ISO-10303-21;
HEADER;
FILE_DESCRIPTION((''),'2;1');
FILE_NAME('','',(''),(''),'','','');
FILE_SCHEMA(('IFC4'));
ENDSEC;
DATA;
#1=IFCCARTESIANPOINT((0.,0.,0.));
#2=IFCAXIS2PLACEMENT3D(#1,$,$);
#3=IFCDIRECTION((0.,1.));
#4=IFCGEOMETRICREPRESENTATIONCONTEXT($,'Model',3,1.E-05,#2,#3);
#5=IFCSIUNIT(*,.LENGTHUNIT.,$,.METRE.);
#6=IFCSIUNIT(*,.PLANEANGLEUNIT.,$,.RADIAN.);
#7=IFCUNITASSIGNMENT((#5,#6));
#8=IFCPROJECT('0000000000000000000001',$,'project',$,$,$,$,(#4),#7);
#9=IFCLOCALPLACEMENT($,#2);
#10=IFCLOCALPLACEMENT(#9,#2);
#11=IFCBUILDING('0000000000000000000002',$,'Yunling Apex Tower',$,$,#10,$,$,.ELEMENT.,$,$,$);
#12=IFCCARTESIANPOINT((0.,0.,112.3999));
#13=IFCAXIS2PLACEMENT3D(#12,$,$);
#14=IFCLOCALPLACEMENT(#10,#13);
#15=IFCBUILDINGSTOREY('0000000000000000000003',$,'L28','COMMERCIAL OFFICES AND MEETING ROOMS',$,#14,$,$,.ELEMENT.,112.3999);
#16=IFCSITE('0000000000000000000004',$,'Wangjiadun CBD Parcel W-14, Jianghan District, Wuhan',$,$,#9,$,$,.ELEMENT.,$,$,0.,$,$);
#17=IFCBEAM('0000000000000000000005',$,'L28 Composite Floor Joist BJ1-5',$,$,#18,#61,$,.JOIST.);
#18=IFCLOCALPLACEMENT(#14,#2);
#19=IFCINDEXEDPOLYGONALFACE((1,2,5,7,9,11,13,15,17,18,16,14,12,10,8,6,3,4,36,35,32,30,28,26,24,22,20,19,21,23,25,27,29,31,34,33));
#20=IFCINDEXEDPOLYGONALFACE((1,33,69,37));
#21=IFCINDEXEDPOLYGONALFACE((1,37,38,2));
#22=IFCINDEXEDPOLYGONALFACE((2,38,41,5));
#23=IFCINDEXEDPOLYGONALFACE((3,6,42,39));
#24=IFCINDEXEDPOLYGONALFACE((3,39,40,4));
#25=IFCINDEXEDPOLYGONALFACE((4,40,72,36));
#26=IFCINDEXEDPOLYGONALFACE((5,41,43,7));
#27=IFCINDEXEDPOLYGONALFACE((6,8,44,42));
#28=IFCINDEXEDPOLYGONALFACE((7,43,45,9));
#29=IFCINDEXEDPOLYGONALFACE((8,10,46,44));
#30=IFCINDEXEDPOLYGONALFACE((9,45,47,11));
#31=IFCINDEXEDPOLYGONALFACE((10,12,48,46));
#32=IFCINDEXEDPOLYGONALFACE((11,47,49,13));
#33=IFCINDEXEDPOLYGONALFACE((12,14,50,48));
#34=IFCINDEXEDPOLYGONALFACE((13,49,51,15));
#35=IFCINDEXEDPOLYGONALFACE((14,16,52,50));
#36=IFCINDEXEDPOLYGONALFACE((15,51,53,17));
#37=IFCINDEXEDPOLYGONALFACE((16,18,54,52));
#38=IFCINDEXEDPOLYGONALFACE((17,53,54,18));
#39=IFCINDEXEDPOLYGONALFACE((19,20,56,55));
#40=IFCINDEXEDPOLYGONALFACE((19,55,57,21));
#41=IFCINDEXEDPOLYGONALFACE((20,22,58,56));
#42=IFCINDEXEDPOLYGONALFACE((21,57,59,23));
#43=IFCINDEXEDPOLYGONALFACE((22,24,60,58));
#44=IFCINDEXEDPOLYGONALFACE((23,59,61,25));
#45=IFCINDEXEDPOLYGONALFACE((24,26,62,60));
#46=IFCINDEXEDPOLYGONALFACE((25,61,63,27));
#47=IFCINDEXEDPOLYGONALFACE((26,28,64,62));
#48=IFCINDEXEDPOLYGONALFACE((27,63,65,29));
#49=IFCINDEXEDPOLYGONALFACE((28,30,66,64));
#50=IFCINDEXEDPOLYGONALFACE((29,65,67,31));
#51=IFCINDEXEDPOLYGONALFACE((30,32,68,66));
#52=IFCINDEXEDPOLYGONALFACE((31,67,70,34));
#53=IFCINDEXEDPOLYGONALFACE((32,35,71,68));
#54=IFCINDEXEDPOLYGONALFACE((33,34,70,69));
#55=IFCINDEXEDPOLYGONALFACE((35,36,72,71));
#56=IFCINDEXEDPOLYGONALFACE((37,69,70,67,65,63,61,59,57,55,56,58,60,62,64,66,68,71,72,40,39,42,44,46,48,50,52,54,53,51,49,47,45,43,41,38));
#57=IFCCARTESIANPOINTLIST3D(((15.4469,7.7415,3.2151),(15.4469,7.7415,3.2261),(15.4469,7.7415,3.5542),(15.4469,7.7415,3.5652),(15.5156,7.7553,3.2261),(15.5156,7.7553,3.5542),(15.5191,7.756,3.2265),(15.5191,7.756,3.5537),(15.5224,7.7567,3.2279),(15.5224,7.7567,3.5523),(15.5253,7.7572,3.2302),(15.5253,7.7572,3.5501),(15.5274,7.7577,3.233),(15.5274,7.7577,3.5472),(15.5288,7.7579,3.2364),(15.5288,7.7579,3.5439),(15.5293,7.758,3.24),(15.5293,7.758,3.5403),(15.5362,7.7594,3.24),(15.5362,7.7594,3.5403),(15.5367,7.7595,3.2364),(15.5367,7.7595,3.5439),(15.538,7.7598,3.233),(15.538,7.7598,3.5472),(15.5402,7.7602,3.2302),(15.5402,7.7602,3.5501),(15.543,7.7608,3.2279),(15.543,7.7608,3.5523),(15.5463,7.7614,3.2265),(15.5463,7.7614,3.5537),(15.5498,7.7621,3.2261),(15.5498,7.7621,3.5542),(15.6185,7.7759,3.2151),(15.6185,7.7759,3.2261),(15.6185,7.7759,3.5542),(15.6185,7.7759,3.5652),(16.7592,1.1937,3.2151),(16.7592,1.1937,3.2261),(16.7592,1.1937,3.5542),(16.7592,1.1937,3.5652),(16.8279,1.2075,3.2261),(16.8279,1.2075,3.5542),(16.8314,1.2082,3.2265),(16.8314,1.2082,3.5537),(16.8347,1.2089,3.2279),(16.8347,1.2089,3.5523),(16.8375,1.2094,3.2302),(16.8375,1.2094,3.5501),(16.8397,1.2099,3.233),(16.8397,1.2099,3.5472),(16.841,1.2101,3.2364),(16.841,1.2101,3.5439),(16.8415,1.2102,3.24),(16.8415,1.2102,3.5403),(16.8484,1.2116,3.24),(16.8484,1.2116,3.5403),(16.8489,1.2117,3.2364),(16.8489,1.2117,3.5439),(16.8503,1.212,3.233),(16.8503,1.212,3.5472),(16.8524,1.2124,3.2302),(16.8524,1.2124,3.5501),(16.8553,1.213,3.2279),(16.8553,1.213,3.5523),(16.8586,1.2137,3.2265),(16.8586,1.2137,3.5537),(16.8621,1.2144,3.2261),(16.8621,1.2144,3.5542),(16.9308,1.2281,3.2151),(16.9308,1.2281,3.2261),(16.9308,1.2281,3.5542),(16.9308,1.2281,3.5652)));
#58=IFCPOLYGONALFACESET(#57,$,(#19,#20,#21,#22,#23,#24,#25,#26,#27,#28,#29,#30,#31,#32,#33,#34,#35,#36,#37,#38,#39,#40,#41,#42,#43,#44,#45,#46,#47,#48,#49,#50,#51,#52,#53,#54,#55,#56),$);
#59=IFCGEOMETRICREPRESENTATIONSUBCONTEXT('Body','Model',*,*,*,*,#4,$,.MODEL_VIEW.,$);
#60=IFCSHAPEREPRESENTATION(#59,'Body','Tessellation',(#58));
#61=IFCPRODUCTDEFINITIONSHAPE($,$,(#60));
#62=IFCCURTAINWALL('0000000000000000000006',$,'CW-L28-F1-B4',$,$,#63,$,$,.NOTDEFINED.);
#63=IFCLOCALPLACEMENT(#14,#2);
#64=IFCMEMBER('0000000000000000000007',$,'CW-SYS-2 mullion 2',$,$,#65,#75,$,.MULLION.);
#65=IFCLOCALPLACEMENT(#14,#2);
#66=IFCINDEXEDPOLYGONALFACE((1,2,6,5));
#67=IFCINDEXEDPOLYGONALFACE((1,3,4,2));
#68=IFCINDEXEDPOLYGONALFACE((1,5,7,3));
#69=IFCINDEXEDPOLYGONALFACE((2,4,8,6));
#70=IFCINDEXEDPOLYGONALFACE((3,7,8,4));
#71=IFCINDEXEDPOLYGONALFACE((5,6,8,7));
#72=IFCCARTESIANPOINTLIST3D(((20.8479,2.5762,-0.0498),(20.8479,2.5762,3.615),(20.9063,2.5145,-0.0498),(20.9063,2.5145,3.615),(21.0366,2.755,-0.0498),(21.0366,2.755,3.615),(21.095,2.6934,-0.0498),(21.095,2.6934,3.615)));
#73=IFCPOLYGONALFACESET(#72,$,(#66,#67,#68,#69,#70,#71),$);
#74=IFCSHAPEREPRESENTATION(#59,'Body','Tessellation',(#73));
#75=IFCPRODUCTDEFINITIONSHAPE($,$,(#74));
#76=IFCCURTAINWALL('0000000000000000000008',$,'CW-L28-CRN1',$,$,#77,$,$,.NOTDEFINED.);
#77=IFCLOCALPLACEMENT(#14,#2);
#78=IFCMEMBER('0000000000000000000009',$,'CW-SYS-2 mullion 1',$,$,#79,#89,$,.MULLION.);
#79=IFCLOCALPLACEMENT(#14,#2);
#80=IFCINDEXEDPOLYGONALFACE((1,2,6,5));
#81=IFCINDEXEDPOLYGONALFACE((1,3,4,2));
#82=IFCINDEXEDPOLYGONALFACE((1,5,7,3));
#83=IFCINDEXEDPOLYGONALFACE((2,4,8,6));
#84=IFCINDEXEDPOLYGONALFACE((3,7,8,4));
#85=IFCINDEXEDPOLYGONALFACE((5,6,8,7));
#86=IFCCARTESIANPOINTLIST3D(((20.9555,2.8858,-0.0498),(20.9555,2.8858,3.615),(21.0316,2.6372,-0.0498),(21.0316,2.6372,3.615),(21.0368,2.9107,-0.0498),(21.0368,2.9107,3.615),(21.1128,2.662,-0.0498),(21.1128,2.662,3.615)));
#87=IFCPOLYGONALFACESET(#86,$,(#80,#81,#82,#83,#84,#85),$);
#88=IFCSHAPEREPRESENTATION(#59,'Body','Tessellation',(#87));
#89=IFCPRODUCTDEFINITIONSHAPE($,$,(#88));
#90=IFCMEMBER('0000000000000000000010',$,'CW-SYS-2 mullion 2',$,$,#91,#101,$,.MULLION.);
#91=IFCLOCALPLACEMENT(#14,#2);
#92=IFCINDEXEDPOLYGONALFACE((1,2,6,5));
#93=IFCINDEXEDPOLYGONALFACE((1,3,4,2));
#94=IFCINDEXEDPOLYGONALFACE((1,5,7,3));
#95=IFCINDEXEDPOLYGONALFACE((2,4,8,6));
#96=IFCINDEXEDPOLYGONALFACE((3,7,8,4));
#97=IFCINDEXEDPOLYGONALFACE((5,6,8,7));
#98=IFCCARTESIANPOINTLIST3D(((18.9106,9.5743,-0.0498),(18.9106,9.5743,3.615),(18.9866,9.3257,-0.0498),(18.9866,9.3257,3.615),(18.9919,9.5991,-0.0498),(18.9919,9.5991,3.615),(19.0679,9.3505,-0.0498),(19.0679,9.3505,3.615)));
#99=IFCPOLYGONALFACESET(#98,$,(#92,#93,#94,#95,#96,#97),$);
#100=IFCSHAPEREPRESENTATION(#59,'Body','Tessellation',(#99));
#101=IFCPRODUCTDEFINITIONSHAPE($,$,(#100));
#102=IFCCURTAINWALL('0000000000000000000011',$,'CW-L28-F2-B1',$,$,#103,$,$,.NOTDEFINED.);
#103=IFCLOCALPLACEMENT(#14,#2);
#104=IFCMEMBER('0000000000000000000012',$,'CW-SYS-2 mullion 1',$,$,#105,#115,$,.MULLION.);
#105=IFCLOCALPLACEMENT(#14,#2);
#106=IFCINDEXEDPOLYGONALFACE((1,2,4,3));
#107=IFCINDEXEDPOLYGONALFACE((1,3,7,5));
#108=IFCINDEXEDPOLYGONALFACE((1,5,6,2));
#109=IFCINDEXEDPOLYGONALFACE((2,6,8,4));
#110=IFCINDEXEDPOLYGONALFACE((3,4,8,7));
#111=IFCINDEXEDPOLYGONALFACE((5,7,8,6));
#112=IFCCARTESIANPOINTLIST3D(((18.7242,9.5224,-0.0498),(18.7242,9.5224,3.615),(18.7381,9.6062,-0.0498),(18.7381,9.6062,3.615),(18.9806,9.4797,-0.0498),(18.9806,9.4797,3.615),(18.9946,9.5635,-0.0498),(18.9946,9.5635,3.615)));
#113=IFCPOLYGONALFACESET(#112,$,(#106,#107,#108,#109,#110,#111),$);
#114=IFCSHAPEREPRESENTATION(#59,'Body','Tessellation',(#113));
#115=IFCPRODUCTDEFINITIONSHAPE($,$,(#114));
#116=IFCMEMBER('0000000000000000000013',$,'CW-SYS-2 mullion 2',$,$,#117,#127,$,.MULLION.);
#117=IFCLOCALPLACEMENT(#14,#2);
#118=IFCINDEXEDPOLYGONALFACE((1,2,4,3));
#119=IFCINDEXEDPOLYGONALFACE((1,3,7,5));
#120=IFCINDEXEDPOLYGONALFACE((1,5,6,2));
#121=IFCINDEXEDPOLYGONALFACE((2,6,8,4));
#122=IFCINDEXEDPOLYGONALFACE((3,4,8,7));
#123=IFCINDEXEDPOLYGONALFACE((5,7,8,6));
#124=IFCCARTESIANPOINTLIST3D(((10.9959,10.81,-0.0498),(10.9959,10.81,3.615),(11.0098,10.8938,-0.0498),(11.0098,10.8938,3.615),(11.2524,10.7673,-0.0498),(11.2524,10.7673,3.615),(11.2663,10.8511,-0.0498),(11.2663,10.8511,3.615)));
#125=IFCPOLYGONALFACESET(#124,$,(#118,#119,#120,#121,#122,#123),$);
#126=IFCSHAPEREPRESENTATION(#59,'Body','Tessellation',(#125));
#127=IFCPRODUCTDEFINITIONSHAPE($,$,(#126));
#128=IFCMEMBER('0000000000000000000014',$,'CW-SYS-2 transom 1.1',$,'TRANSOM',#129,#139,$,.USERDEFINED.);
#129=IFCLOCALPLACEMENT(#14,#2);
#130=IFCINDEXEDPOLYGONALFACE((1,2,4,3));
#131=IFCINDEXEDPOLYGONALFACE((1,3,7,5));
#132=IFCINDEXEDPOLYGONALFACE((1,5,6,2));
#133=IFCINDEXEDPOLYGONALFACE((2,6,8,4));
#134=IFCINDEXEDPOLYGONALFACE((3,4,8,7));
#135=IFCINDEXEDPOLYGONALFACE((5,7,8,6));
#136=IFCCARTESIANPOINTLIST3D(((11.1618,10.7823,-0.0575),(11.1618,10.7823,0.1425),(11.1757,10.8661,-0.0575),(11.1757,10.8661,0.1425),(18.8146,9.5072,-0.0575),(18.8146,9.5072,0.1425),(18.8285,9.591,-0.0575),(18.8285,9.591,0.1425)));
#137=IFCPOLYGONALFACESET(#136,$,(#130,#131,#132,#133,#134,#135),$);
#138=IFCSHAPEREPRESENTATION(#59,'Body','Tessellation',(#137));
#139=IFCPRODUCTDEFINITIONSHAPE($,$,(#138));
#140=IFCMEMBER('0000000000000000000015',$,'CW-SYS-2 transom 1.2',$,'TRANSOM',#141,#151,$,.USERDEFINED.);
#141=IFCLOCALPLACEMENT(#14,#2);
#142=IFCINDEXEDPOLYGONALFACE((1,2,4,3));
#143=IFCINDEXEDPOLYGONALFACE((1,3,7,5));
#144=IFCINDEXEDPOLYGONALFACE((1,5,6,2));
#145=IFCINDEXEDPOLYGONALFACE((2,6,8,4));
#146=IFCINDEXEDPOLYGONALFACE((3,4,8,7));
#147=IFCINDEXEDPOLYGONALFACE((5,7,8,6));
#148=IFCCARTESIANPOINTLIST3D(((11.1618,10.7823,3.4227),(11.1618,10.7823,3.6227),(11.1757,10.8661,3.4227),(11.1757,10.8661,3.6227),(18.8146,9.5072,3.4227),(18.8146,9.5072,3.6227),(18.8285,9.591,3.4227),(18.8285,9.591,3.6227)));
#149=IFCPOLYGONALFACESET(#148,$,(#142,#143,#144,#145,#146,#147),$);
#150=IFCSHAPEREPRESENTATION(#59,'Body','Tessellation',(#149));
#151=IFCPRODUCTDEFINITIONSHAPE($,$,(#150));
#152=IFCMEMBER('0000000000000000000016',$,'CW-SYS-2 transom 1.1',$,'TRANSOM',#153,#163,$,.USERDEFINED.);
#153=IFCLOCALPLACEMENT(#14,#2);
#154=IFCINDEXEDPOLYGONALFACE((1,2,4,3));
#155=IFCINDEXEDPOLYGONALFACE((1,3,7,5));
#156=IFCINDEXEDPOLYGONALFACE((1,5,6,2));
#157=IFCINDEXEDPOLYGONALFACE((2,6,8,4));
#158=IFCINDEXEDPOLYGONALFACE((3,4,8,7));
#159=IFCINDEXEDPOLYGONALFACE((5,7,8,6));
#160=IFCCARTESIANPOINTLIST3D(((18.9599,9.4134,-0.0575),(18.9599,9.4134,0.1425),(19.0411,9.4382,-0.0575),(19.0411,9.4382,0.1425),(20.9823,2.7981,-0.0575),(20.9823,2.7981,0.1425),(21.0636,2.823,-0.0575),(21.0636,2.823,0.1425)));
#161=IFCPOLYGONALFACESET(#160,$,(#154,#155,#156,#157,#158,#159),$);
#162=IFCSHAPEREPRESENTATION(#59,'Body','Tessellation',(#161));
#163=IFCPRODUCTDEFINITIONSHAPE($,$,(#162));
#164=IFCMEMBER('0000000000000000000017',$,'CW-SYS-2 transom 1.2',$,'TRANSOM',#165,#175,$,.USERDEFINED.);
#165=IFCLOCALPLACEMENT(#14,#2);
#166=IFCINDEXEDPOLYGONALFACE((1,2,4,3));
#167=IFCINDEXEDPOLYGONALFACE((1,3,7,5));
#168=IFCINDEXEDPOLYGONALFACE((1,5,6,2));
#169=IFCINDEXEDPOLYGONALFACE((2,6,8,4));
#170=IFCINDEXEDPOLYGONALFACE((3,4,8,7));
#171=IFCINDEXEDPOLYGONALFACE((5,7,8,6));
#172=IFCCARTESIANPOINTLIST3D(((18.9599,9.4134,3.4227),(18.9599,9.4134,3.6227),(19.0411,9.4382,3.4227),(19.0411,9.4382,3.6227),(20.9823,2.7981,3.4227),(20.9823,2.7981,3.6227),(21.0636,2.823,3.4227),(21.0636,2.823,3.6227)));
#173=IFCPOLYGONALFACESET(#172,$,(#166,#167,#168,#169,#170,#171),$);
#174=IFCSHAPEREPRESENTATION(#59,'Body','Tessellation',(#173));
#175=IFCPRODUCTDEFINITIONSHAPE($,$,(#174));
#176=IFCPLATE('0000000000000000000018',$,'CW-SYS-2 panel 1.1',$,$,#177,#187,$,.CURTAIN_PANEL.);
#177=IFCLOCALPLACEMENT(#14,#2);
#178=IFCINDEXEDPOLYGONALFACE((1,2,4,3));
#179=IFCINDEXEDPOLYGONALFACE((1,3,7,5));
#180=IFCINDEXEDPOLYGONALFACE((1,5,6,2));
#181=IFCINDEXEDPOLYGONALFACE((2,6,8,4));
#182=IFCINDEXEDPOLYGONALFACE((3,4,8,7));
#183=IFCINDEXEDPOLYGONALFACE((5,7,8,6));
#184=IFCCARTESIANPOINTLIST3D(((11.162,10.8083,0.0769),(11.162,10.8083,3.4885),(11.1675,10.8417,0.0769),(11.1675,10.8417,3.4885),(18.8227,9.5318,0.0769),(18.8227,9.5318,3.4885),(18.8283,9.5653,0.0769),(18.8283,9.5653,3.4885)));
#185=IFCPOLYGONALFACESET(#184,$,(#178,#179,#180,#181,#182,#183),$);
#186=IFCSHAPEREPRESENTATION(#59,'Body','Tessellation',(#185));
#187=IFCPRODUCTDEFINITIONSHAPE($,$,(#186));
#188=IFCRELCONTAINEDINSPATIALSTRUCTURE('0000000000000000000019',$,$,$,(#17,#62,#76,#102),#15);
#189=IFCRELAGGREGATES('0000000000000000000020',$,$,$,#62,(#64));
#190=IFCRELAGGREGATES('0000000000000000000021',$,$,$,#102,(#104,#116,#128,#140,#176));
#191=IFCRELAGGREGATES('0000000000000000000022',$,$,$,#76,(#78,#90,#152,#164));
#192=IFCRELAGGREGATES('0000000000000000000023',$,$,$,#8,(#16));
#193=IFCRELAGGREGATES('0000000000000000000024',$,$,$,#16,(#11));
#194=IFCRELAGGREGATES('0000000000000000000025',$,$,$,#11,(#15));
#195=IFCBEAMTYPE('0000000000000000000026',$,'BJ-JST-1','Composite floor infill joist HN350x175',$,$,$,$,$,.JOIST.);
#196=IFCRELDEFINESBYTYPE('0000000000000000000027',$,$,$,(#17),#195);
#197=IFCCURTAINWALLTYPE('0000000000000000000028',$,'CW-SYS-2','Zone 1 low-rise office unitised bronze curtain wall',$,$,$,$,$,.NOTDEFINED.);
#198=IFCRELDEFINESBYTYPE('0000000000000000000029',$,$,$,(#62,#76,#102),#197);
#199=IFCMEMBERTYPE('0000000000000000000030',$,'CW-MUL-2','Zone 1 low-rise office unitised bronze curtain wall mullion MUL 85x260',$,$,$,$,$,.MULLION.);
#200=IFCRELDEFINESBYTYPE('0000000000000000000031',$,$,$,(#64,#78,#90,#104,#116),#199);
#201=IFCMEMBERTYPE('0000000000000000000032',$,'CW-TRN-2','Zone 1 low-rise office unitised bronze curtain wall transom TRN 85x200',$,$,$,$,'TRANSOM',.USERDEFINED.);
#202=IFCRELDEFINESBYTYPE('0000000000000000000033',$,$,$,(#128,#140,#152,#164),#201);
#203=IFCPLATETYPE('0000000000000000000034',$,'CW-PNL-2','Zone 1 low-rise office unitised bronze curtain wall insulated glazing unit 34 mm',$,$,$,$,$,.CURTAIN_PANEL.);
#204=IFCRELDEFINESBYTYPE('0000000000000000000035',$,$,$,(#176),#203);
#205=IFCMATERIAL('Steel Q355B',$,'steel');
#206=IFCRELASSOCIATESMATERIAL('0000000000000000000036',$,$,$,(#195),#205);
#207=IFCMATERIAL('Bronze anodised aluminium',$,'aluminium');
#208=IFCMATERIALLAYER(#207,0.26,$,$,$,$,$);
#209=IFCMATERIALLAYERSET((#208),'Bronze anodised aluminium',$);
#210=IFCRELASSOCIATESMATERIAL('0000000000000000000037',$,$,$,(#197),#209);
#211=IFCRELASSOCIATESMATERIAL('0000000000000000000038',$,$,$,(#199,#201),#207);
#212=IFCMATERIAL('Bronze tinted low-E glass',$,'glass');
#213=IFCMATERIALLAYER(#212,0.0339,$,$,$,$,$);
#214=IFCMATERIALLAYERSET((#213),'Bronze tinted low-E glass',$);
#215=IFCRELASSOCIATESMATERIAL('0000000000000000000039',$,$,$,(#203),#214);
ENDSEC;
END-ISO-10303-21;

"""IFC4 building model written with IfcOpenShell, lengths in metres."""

from ifc_helpers import new_model, si_unit, direction, frame, origin, origin_2d, place, context, subcontext, project, spatial, rectangle, i_section, extrude, source, transform, mapped, material, layer, layer_set, material_profile, profile_set, type_object, element, aggregate, save


model = new_model("IFC4")

# Units and contexts
model_context = context("Model", 3, precision=1e-05, world=origin(), true_north=direction((0.0, 1.0)))
body_context = subcontext(model_context, "Body", "Model", "MODEL_VIEW")
ifc_project = project(units=[si_unit("LENGTHUNIT", "METRE"), si_unit("PLANEANGLEUNIT", "RADIAN")], contexts=[model_context])

# Site, building, storey
site_placement = place(None, origin())
site = spatial("IfcSite", under=ifc_project, at=site_placement, Name="Wangjiadun CBD Parcel W-14, Jianghan District, Wuhan", CompositionType="ELEMENT", RefElevation=0.0)
building_placement = place(site_placement, origin())
building = spatial("IfcBuilding", under=site, at=building_placement, Name="Yunling Apex Tower", CompositionType="ELEMENT")
storey_placement = place(building_placement, frame((0.0, 0.0, 112.3999)))
storey = spatial("IfcBuildingStorey", under=building, at=storey_placement, Name="L28", Description="COMMERCIAL OFFICES AND MEETING ROOMS", CompositionType="ELEMENT", Elevation=112.3999)

# Beam
ifc_material_1 = material(Name="Steel Q355B", Category="steel")
ifc_material_profile_1 = material_profile(ifc_material_1, i_section(OverallWidth=0.175, OverallDepth=0.3501, WebThickness=0.0071, FlangeThickness=0.011, FilletRadius=0.0139, at=origin_2d()))
ifc_profile_set_1 = profile_set([ifc_material_profile_1], Name="Steel Q355B")
beam_type_1 = type_object("IfcBeamType", Name="BJ-JST-1", Description="Composite floor infill joist HN350x175", PredefinedType="JOIST", material=ifc_profile_set_1)
shared_shape_1 = source(origin(), body_context, "Body", "SweptSolid", [
    extrude(i_section(OverallWidth=0.175, OverallDepth=0.3501, WebThickness=0.0071, FlangeThickness=0.011, FilletRadius=0.0139, at=origin_2d()), origin(), (0.0, 0.0, 1.0), 6.678),
])
beam_1_placement = place(storey_placement, frame((16.845, 1.2109, 3.3901), z_axis=(-0.196503, 0.980503, 0.0), x_axis=(-0.980503, -0.196503, 0.0)))
element("IfcBeam", 1, at=beam_1_placement, inside=storey, type_object=beam_type_1, Name="L28 Composite Floor Joist BJ1-5", PredefinedType="JOIST", context=body_context, shape_type="MappedRepresentation", body=[
    mapped(shared_shape_1, transform((0.0, 0.0, 0.0), scale=1.0)),
])

# Curtain wall, member
ifc_material_2 = material(Name="Bronze anodised aluminium", Category="aluminium")
ifc_layer_1 = layer(ifc_material_2, 0.26)
ifc_layer_set_1 = layer_set([ifc_layer_1], Name="Bronze anodised aluminium")
curtain_wall_type = type_object("IfcCurtainWallType", Name="CW-SYS-2", Description="Zone 1 low-rise office unitised bronze curtain wall", PredefinedType="NOTDEFINED", material=ifc_layer_set_1)
curtain_wall_1_placement = place(storey_placement, origin())
curtain_wall_1 = element("IfcCurtainWall", 2, at=curtain_wall_1_placement, inside=storey, type_object=curtain_wall_type, Name="CW-L28-F1-B4", PredefinedType="NOTDEFINED")
ifc_material_profile_2 = material_profile(ifc_material_2, rectangle(XDim=0.085, YDim=0.26, at=origin_2d()))
ifc_profile_set_2 = profile_set([ifc_material_profile_2], Name="Bronze anodised aluminium")
member_type_1 = type_object("IfcMemberType", Name="CW-MUL-2", Description="Zone 1 low-rise office unitised bronze curtain wall mullion MUL 85x260", PredefinedType="MULLION", material=ifc_profile_set_2)
shared_shape_2 = source(origin(), body_context, "Body", "SweptSolid", [
    extrude(rectangle(XDim=0.085, YDim=0.26, at=origin_2d()), origin(), (0.0, 0.0, 1.0), 3.6648),
])
member_1_placement = place(storey_placement, frame((20.9714, 2.6348, -0.0498), z_axis=(0.0, 0.0, 1.0), x_axis=(-0.687861, 0.725842, 0.0)))
member_1 = element("IfcMember", 3, at=member_1_placement, type_object=member_type_1, Name="CW-SYS-2 mullion 2", PredefinedType="MULLION", context=body_context, shape_type="MappedRepresentation", body=[
    mapped(shared_shape_2, transform((0.0, 0.0, 0.0), scale=1.0)),
])
aggregate(curtain_wall_1, [member_1])

# Curtain walls, members
curtain_wall_2_placement = place(storey_placement, origin())
curtain_wall_2 = element("IfcCurtainWall", 4, at=curtain_wall_2_placement, inside=storey, type_object=curtain_wall_type, Name="CW-L28-CRN1", PredefinedType="NOTDEFINED")
member_2_placement = place(storey_placement, frame((21.0342, 2.7739, -0.0498), z_axis=(0.0, 0.0, 1.0), x_axis=(-0.956304, -0.292375, 0.0)))
member_2 = element("IfcMember", 5, at=member_2_placement, type_object=member_type_1, Name="CW-SYS-2 mullion 1", PredefinedType="MULLION", context=body_context, shape_type="MappedRepresentation", body=[
    mapped(shared_shape_2, transform((0.0, 0.0, 0.0), scale=1.0)),
])
member_3_placement = place(storey_placement, frame((18.9893, 9.4624, -0.0498), z_axis=(0.0, 0.0, 1.0), x_axis=(-0.956304, -0.292375, 0.0)))
member_3 = element("IfcMember", 6, at=member_3_placement, type_object=member_type_1, Name="CW-SYS-2 mullion 2", PredefinedType="MULLION", context=body_context, shape_type="MappedRepresentation", body=[
    mapped(shared_shape_2, transform((0.0, 0.0, 0.0), scale=1.0)),
])
curtain_wall_3_placement = place(storey_placement, origin())
curtain_wall_3 = element("IfcCurtainWall", 7, at=curtain_wall_3_placement, inside=storey, type_object=curtain_wall_type, Name="CW-L28-F2-B1", PredefinedType="NOTDEFINED")
member_4_placement = place(storey_placement, frame((18.8594, 9.543, -0.0498), z_axis=(0.0, 0.0, 1.0), x_axis=(-0.16436, -0.9864, 0.0)))
member_4 = element("IfcMember", 8, at=member_4_placement, type_object=member_type_1, Name="CW-SYS-2 mullion 1", PredefinedType="MULLION", context=body_context, shape_type="MappedRepresentation", body=[
    mapped(shared_shape_2, transform((0.0, 0.0, 0.0), scale=1.0)),
])
member_5_placement = place(storey_placement, frame((11.1311, 10.8306, -0.0498), z_axis=(0.0, 0.0, 1.0), x_axis=(-0.16436, -0.9864, 0.0)))
member_5 = element("IfcMember", 9, at=member_5_placement, type_object=member_type_1, Name="CW-SYS-2 mullion 2", PredefinedType="MULLION", context=body_context, shape_type="MappedRepresentation", body=[
    mapped(shared_shape_2, transform((0.0, 0.0, 0.0), scale=1.0)),
])
ifc_material_profile_3 = material_profile(ifc_material_2, rectangle(XDim=0.085, YDim=0.2, at=origin_2d()))
ifc_profile_set_3 = profile_set([ifc_material_profile_3], Name="Bronze anodised aluminium")
member_type_2 = type_object("IfcMemberType", Name="CW-TRN-2", Description="Zone 1 low-rise office unitised bronze curtain wall transom TRN 85x200", ElementType="TRANSOM", PredefinedType="USERDEFINED", material=ifc_profile_set_3)
shared_shape_3 = source(origin(), body_context, "Body", "SweptSolid", [
    extrude(rectangle(XDim=0.085, YDim=0.2, at=origin_2d()), origin(), (0.0, 0.0, 1.0), 7.7583),
])
member_6_placement = place(storey_placement, frame((18.8215, 9.5491, 0.0425), z_axis=(-0.986401, 0.164358, 0.0), x_axis=(-0.164358, -0.986401, 0.0)))
member_6 = element("IfcMember", 10, at=member_6_placement, type_object=member_type_2, Name="CW-SYS-2 transom 1.1", ObjectType="TRANSOM", PredefinedType="USERDEFINED", context=body_context, shape_type="MappedRepresentation", body=[
    mapped(shared_shape_3, transform((0.0, 0.0, 0.0), scale=1.0)),
])
member_7_placement = place(storey_placement, frame((18.8215, 9.5491, 3.5227), z_axis=(-0.986401, 0.164358, 0.0), x_axis=(-0.164358, -0.986401, 0.0)))
member_7 = element("IfcMember", 11, at=member_7_placement, type_object=member_type_2, Name="CW-SYS-2 transom 1.2", ObjectType="TRANSOM", PredefinedType="USERDEFINED", context=body_context, shape_type="MappedRepresentation", body=[
    mapped(shared_shape_3, transform((0.0, 0.0, 0.0), scale=1.0)),
])

# Members
shared_shape_4 = source(origin(), body_context, "Body", "SweptSolid", [
    extrude(rectangle(XDim=0.085, YDim=0.2, at=origin_2d()), origin(), (0.0, 0.0, 1.0), 6.9175),
])
member_8_placement = place(storey_placement, frame((21.0229, 2.8105, 0.0425), z_axis=(-0.292369, 0.956306, 0.0), x_axis=(-0.956306, -0.292369, 0.0)))
member_8 = element("IfcMember", 12, at=member_8_placement, type_object=member_type_2, Name="CW-SYS-2 transom 1.1", ObjectType="TRANSOM", PredefinedType="USERDEFINED", context=body_context, shape_type="MappedRepresentation", body=[
    mapped(shared_shape_4, transform((0.0, 0.0, 0.0), scale=1.0)),
])
member_9_placement = place(storey_placement, frame((21.0229, 2.8105, 3.5227), z_axis=(-0.292369, 0.956306, 0.0), x_axis=(-0.956306, -0.292369, 0.0)))
member_9 = element("IfcMember", 13, at=member_9_placement, type_object=member_type_2, Name="CW-SYS-2 transom 1.2", ObjectType="TRANSOM", PredefinedType="USERDEFINED", context=body_context, shape_type="MappedRepresentation", body=[
    mapped(shared_shape_4, transform((0.0, 0.0, 0.0), scale=1.0)),
])

# Plate
ifc_material_3 = material(Name="Bronze tinted low-E glass", Category="glass")
ifc_layer_2 = layer(ifc_material_3, 0.0339)
ifc_layer_set_2 = layer_set([ifc_layer_2], Name="Bronze tinted low-E glass")
plate_type = type_object("IfcPlateType", Name="CW-PNL-2", Description="Zone 1 low-rise office unitised bronze curtain wall insulated glazing unit 34 mm", PredefinedType="CURTAIN_PANEL", material=ifc_layer_set_2)
shared_shape_5 = source(origin(), body_context, "Body", "SweptSolid", [
    extrude(rectangle(XDim=7.7664, YDim=0.0339, at=origin_2d()), origin(), (0.0, 0.0, 1.0), 3.4116),
])
plate_1_placement = place(storey_placement, frame((14.9951, 10.1868, 0.0769), z_axis=(0.0, 0.0, 1.0), x_axis=(-0.9864, 0.16436, 0.0)))
plate_1 = element("IfcPlate", 14, at=plate_1_placement, type_object=plate_type, Name="CW-SYS-2 panel 1.1", PredefinedType="CURTAIN_PANEL", context=body_context, shape_type="MappedRepresentation", body=[
    mapped(shared_shape_5, transform((0.0, 0.0, 0.0), scale=1.0)),
])
aggregate(curtain_wall_3, [member_4, member_5, member_6, member_7, plate_1])
aggregate(curtain_wall_2, [member_2, member_3, member_8, member_9])

save(model, "model.ifc")
